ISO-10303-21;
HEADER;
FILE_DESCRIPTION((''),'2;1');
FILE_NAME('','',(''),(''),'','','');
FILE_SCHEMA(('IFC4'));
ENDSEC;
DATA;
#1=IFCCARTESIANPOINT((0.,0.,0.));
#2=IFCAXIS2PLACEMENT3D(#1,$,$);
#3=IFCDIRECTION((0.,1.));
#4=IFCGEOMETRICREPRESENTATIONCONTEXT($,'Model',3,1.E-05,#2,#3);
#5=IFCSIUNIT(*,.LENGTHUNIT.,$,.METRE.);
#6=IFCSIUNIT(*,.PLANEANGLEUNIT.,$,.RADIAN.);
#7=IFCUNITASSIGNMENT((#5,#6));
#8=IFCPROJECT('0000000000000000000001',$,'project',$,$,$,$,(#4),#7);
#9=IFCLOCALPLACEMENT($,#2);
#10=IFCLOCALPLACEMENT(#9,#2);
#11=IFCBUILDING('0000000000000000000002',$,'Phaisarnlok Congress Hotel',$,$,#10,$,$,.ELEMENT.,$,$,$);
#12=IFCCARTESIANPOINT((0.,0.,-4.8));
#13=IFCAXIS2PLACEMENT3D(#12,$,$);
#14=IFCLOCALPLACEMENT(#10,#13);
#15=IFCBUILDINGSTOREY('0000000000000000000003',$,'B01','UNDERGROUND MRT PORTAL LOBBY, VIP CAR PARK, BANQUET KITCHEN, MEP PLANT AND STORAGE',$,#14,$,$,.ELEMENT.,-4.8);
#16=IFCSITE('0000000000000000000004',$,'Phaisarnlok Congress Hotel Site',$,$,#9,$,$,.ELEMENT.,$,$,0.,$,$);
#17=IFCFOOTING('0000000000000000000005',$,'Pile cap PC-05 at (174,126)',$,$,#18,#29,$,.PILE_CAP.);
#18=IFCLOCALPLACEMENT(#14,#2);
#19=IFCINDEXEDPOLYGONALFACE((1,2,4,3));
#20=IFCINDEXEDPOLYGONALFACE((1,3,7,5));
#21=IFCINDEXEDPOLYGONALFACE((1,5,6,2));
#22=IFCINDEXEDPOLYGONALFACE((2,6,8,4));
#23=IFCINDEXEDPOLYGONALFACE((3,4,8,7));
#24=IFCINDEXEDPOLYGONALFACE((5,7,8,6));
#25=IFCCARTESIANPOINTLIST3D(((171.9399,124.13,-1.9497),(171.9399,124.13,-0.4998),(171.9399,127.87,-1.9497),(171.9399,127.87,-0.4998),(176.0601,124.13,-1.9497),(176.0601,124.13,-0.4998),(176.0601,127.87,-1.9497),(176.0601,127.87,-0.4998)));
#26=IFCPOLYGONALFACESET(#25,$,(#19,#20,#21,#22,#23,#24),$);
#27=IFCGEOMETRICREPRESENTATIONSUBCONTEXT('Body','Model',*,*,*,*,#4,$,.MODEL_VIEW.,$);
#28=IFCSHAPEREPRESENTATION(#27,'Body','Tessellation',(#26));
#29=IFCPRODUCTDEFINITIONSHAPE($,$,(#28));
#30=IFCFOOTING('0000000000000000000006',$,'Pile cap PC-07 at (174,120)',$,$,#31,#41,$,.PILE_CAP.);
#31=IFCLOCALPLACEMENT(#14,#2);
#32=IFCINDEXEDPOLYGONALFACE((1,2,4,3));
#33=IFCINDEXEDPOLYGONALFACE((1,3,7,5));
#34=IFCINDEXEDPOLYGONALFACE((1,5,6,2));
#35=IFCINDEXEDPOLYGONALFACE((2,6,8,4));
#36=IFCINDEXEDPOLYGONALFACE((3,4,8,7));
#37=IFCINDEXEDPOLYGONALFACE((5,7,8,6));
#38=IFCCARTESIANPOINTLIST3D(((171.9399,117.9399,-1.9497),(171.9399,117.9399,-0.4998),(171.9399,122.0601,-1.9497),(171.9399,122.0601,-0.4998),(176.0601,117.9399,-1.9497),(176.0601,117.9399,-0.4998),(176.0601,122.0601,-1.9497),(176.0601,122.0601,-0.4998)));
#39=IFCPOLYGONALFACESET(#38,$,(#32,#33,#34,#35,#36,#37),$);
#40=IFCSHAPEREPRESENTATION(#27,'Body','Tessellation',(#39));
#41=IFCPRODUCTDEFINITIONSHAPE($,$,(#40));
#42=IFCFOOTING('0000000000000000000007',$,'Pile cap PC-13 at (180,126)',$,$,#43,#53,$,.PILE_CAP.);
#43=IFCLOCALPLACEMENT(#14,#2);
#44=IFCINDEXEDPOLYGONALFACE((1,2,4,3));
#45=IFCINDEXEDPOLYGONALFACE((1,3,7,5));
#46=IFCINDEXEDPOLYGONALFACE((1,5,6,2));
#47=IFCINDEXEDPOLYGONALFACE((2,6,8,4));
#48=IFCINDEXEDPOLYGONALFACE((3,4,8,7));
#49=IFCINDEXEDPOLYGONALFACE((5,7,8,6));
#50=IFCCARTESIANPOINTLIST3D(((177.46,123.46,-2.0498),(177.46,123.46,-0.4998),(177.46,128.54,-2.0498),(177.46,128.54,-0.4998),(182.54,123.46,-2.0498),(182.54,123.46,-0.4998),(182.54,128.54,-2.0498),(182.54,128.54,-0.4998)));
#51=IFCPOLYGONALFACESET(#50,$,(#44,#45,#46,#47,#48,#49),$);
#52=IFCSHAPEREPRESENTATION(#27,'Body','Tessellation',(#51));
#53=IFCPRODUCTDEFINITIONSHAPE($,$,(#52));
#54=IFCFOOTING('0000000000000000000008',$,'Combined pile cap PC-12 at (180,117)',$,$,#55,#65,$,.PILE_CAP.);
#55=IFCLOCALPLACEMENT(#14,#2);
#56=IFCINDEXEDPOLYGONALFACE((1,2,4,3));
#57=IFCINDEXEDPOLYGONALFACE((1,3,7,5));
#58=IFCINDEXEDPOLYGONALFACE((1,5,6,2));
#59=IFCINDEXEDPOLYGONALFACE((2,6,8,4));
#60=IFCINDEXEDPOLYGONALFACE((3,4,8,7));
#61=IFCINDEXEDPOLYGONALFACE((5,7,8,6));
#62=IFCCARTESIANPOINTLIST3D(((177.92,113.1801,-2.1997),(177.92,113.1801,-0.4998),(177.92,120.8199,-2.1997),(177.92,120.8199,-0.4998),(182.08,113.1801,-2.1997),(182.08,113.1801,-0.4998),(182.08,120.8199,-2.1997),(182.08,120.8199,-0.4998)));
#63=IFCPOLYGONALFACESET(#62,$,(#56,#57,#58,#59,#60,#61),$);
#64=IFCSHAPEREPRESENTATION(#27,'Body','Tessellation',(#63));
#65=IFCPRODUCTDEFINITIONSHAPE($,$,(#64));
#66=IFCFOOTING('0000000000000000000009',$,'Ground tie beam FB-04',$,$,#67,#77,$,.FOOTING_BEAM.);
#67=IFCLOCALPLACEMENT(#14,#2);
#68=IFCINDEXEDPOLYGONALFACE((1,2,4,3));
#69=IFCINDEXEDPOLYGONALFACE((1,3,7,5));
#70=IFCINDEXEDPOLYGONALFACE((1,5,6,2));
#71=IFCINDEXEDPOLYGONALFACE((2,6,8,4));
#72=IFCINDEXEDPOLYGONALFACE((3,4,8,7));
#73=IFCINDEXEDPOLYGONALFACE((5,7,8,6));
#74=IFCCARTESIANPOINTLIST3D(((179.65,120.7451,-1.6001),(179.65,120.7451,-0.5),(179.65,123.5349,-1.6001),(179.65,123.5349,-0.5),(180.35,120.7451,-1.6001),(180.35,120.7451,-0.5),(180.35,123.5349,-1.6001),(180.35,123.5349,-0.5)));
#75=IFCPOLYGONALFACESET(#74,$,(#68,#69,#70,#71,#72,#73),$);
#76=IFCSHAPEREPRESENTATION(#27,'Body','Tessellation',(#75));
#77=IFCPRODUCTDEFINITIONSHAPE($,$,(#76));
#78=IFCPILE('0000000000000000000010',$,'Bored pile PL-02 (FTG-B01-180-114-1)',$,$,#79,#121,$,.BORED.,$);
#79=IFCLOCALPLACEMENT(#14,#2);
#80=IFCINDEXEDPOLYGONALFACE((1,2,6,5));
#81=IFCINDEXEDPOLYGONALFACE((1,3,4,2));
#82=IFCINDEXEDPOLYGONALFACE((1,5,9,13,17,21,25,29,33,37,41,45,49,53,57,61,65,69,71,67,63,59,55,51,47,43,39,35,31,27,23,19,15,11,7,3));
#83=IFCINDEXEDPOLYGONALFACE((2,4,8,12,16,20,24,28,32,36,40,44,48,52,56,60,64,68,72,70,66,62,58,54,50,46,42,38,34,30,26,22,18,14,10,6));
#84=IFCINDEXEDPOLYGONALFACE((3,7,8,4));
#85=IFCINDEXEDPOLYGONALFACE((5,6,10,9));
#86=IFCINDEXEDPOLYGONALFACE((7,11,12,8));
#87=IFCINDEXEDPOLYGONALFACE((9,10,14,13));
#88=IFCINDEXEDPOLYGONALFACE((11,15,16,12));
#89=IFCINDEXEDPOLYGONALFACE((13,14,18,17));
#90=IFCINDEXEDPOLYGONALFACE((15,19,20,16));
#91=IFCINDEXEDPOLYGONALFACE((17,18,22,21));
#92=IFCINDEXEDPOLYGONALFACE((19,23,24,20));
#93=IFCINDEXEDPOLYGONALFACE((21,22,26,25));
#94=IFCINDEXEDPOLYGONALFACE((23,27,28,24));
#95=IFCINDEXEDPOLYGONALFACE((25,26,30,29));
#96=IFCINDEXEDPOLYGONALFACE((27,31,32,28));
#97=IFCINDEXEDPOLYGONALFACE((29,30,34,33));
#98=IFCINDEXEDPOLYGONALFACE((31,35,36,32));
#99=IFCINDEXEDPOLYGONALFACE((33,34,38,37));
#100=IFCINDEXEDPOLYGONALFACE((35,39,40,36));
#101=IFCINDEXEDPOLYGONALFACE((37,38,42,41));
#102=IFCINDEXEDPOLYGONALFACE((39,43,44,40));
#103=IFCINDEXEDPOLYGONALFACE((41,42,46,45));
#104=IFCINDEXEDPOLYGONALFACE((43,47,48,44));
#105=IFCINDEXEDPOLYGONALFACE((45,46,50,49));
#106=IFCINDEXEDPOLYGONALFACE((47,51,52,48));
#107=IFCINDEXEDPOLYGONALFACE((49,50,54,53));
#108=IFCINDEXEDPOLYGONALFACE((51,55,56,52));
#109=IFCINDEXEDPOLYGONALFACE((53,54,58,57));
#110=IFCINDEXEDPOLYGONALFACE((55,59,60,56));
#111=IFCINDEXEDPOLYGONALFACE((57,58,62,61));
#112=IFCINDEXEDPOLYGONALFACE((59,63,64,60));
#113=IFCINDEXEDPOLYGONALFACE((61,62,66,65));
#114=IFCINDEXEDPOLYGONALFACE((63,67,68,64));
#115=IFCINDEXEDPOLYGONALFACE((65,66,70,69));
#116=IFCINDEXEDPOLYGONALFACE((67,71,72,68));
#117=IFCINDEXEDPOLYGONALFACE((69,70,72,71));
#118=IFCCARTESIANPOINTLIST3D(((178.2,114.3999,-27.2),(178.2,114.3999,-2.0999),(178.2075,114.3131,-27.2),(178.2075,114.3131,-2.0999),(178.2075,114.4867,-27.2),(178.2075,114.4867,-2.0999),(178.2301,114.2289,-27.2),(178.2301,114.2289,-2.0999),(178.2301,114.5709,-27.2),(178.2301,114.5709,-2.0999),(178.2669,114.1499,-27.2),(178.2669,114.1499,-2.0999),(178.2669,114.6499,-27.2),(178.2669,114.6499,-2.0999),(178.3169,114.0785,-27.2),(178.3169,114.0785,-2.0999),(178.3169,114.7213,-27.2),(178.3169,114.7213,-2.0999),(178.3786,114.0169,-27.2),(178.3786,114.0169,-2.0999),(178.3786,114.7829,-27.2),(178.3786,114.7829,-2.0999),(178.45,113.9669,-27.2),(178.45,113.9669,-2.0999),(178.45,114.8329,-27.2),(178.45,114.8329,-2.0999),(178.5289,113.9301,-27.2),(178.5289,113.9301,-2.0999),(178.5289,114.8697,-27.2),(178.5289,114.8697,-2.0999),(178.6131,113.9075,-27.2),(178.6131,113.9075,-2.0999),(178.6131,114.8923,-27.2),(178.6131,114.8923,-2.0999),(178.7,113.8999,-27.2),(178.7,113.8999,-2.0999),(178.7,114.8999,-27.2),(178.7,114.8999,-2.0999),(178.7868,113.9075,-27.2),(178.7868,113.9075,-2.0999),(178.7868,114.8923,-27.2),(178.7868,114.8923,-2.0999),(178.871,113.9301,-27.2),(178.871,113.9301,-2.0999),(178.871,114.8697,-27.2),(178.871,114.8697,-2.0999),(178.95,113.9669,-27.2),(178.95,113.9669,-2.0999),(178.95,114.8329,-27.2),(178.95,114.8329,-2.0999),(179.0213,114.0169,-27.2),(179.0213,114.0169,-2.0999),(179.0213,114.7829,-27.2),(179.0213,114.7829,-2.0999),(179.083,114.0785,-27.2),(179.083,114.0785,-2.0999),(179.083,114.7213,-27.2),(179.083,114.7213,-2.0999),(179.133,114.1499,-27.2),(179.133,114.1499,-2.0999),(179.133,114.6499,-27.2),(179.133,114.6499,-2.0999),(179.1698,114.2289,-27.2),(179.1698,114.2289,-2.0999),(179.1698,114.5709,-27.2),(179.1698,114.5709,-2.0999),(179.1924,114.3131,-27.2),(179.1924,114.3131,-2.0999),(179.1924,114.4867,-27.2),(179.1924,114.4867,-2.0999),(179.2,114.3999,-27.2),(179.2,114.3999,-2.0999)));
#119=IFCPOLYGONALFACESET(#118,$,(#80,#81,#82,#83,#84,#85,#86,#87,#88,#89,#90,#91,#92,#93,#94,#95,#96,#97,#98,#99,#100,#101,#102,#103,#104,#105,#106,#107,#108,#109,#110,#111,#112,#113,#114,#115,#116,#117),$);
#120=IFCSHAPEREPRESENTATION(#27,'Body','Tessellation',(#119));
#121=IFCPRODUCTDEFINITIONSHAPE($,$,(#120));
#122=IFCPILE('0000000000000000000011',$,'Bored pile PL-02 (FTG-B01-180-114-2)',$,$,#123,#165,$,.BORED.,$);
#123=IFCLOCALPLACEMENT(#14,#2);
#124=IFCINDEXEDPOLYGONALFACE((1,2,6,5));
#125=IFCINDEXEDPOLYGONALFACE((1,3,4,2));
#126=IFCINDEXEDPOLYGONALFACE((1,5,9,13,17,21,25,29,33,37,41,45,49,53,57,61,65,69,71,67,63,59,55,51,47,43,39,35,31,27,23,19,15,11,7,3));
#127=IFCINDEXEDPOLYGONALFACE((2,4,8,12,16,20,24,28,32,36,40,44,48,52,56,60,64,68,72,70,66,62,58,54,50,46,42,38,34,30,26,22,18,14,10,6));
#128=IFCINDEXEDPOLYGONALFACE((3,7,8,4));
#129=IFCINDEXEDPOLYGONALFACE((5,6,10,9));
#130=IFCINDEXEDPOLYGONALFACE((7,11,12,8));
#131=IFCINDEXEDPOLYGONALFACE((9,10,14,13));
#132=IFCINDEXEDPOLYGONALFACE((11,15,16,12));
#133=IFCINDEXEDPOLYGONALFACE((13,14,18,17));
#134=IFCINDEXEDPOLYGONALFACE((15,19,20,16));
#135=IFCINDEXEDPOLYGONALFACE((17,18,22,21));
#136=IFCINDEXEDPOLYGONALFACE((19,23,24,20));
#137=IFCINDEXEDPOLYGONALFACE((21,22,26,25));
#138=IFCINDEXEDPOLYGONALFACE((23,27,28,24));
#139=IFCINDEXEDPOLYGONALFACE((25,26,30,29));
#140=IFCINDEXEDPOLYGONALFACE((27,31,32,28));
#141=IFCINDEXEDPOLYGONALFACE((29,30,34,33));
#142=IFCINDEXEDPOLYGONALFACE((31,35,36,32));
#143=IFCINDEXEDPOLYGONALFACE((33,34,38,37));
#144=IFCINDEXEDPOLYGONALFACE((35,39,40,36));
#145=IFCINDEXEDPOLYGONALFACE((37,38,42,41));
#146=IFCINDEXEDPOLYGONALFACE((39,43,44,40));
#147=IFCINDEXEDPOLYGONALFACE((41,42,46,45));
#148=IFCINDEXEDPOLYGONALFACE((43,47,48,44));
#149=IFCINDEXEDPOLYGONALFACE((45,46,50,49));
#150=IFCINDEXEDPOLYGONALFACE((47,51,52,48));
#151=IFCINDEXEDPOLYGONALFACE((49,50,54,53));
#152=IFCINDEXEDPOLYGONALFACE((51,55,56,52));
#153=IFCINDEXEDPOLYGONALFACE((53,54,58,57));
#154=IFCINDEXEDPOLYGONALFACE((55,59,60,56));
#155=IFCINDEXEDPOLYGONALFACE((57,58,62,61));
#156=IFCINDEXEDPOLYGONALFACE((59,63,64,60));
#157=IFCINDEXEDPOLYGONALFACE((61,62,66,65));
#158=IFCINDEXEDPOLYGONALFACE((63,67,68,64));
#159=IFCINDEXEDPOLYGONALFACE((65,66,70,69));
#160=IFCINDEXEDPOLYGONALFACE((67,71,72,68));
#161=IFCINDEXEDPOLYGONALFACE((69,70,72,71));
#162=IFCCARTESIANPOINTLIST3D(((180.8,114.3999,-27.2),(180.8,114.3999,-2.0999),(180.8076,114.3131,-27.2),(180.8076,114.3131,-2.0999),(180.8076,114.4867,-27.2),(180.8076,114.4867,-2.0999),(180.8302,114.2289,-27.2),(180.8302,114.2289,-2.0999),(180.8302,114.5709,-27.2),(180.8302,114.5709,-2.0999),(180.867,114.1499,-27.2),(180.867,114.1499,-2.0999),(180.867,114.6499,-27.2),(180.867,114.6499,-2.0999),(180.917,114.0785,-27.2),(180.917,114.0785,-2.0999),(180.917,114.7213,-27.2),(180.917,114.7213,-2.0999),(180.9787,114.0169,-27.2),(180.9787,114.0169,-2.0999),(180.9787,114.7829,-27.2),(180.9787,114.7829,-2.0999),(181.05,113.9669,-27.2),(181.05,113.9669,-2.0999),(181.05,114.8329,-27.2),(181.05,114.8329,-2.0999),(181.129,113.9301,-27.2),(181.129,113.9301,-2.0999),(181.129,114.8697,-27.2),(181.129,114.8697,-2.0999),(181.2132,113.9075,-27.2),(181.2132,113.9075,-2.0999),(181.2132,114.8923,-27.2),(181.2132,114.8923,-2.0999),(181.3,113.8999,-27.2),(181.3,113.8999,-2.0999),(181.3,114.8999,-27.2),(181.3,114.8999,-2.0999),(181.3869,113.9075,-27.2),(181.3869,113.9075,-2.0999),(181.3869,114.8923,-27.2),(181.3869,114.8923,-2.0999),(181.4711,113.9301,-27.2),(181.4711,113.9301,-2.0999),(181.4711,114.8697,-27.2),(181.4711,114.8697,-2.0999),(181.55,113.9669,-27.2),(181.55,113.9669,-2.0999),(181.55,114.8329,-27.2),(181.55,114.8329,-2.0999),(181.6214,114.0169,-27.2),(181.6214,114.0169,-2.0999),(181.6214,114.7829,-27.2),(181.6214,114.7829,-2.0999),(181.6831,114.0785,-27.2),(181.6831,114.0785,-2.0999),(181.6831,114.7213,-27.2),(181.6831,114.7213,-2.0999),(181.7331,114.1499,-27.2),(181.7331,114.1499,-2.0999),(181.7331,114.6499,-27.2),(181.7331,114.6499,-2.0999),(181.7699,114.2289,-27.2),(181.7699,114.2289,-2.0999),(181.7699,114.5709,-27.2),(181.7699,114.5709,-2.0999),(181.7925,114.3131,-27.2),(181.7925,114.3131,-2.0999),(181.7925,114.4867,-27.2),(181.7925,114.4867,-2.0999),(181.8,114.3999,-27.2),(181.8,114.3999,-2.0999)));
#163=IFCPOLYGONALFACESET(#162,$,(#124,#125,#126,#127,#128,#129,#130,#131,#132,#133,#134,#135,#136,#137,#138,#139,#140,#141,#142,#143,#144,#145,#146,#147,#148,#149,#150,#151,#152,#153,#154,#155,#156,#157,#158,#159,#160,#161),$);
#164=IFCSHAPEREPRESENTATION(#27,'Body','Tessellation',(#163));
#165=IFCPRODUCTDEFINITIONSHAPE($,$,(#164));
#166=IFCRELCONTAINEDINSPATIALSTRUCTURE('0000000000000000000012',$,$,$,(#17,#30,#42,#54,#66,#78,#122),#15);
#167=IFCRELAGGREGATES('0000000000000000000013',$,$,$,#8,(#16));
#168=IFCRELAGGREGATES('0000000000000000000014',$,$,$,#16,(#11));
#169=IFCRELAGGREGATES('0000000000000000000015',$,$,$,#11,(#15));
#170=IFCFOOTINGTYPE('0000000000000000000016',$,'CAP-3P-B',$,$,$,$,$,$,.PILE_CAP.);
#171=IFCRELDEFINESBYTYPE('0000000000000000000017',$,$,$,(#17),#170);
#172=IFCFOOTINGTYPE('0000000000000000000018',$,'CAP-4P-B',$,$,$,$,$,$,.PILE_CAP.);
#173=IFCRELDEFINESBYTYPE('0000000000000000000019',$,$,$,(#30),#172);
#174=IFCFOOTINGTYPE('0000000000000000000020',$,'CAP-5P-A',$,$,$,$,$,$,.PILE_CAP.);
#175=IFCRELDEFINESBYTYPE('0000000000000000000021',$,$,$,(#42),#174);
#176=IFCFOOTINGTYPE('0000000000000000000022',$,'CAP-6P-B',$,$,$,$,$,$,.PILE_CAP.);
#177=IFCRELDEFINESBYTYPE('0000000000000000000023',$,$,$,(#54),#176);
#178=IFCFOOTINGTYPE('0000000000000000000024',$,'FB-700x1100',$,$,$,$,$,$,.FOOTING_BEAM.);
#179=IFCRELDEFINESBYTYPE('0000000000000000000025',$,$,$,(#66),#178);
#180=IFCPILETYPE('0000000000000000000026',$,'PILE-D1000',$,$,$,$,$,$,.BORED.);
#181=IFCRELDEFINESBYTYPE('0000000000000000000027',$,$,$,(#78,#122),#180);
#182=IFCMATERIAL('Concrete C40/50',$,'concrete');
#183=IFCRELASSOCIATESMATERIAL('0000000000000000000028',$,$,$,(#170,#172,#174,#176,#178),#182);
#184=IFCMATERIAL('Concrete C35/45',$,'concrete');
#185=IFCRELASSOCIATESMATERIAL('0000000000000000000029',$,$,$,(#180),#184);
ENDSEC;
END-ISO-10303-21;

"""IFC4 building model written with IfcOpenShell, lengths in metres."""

from ifc_helpers import new_model, si_unit, direction, frame, origin, origin_2d, place, context, subcontext, project, spatial, rectangle, circle, extrude, material, material_profile, profile_set, type_object, element, save


model = new_model("IFC4")

# Units and contexts
model_context = context("Model", 3, precision=1e-05, world=origin(), true_north=direction((0.0, 1.0)))
body_context = subcontext(model_context, "Body", "Model", "MODEL_VIEW")
ifc_project = project(units=[si_unit("LENGTHUNIT", "METRE"), si_unit("PLANEANGLEUNIT", "RADIAN")], contexts=[model_context])

# Site, building, storey
site_placement = place(None, origin())
site = spatial("IfcSite", under=ifc_project, at=site_placement, Name="Phaisarnlok Congress Hotel Site", CompositionType="ELEMENT", RefElevation=0.0)
building_placement = place(site_placement, origin())
building = spatial("IfcBuilding", under=site, at=building_placement, Name="Phaisarnlok Congress Hotel", CompositionType="ELEMENT")
storey_placement = place(building_placement, frame((0.0, 0.0, -4.8)))
storey = spatial("IfcBuildingStorey", under=building, at=storey_placement, Name="B01", Description="UNDERGROUND MRT PORTAL LOBBY, VIP CAR PARK, BANQUET KITCHEN, MEP PLANT AND STORAGE", CompositionType="ELEMENT", Elevation=-4.8)

# Footings
ifc_material_1 = material(Name="Concrete C40/50", Category="concrete")
footing_type_1 = type_object("IfcFootingType", Name="CAP-3P-B", PredefinedType="PILE_CAP", material=ifc_material_1)
footing_1_placement = place(storey_placement, frame((174.0, 126.0, -1.9497), z_axis=(0.0, 0.0, 1.0), x_axis=(1.0, 0.0, 0.0)))
element("IfcFooting", 1, at=footing_1_placement, inside=storey, type_object=footing_type_1, Name="Pile cap PC-05 at (174,126)", PredefinedType="PILE_CAP", context=body_context, shape_type="SweptSolid", body=[
    extrude(rectangle(XDim=4.1201, YDim=3.74, at=origin_2d()), origin(), (0.0, 0.0, 1.0), 1.45),
])
footing_type_2 = type_object("IfcFootingType", Name="CAP-4P-B", PredefinedType="PILE_CAP", material=ifc_material_1)
footing_2_placement = place(storey_placement, frame((174.0, 120.0, -1.9497), z_axis=(0.0, 0.0, 1.0), x_axis=(1.0, 0.0, 0.0)))
element("IfcFooting", 2, at=footing_2_placement, inside=storey, type_object=footing_type_2, Name="Pile cap PC-07 at (174,120)", PredefinedType="PILE_CAP", context=body_context, shape_type="SweptSolid", body=[
    extrude(rectangle(XDim=4.1201, YDim=4.1201, at=origin_2d()), origin(), (0.0, 0.0, 1.0), 1.45),
])
footing_type_3 = type_object("IfcFootingType", Name="CAP-5P-A", PredefinedType="PILE_CAP", material=ifc_material_1)
footing_3_placement = place(storey_placement, frame((180.0, 126.0, -2.0498), z_axis=(0.0, 0.0, 1.0), x_axis=(1.0, 0.0, 0.0)))
element("IfcFooting", 3, at=footing_3_placement, inside=storey, type_object=footing_type_3, Name="Pile cap PC-13 at (180,126)", PredefinedType="PILE_CAP", context=body_context, shape_type="SweptSolid", body=[
    extrude(rectangle(XDim=5.0801, YDim=5.0801, at=origin_2d()), origin(), (0.0, 0.0, 1.0), 1.55),
])
footing_type_4 = type_object("IfcFootingType", Name="CAP-6P-B", PredefinedType="PILE_CAP", material=ifc_material_1)
footing_4_placement = place(storey_placement, frame((180.0, 117.0, -2.1997), z_axis=(0.0, 0.0, 1.0), x_axis=(1.0, 0.0, 0.0)))
element("IfcFooting", 4, at=footing_4_placement, inside=storey, type_object=footing_type_4, Name="Combined pile cap PC-12 at (180,117)", PredefinedType="PILE_CAP", context=body_context, shape_type="SweptSolid", body=[
    extrude(rectangle(XDim=4.1599, YDim=7.6399, at=origin_2d()), origin(), (0.0, 0.0, 1.0), 1.7),
])
ifc_material_profile_1 = material_profile(ifc_material_1, rectangle(XDim=0.7, YDim=1.1001, at=origin_2d()), Name="FB-700x1100")
ifc_profile_set_1 = profile_set([ifc_material_profile_1], Name="Concrete C40/50")
footing_type_5 = type_object("IfcFootingType", Name="FB-700x1100", PredefinedType="FOOTING_BEAM", material=ifc_profile_set_1)
footing_5_placement = place(storey_placement, frame((180.0, 120.7451, -1.05), z_axis=(0.0, 1.0, 0.0), x_axis=(-1.0, 0.0, 0.0)))
element("IfcFooting", 5, at=footing_5_placement, inside=storey, type_object=footing_type_5, Name="Ground tie beam FB-04", PredefinedType="FOOTING_BEAM", context=body_context, shape_type="SweptSolid", body=[
    extrude(rectangle(XDim=0.7, YDim=1.1001, at=origin_2d()), origin(), (0.0, 0.0, 1.0), 2.7898),
])

# Piles
ifc_material_2 = material(Name="Concrete C35/45", Category="concrete")
ifc_material_profile_2 = material_profile(ifc_material_2, circle(Radius=0.5, at=origin_2d()), Name="BORED PILE D1000")
ifc_profile_set_2 = profile_set([ifc_material_profile_2], Name="Concrete C35/45")
pile_type = type_object("IfcPileType", Name="PILE-D1000", PredefinedType="BORED", material=ifc_profile_set_2)
for number, where, z_axis, x_axis, name in (
    (6, (178.7, 114.3999, -2.0999), (0.0, 0.0, -1.0), (1.0, 0.0, 0.0), "Bored pile PL-02 (FTG-B01-180-114-1)"),
    (7, (181.3, 114.3999, -2.0999), (0.0, 0.0, -1.0), (1.0, 0.0, 0.0), "Bored pile PL-02 (FTG-B01-180-114-2)"),
):
    element("IfcPile", number, at=place(storey_placement, frame(where, z_axis=z_axis, x_axis=x_axis)), inside=storey, type_object=pile_type, Name=name, PredefinedType="BORED", context=body_context, shape_type="SweptSolid", body=[
        extrude(circle(Radius=0.5, at=origin_2d()), origin(), (0.0, 0.0, 1.0), 25.1001),
    ])

save(model, "model.ifc")
